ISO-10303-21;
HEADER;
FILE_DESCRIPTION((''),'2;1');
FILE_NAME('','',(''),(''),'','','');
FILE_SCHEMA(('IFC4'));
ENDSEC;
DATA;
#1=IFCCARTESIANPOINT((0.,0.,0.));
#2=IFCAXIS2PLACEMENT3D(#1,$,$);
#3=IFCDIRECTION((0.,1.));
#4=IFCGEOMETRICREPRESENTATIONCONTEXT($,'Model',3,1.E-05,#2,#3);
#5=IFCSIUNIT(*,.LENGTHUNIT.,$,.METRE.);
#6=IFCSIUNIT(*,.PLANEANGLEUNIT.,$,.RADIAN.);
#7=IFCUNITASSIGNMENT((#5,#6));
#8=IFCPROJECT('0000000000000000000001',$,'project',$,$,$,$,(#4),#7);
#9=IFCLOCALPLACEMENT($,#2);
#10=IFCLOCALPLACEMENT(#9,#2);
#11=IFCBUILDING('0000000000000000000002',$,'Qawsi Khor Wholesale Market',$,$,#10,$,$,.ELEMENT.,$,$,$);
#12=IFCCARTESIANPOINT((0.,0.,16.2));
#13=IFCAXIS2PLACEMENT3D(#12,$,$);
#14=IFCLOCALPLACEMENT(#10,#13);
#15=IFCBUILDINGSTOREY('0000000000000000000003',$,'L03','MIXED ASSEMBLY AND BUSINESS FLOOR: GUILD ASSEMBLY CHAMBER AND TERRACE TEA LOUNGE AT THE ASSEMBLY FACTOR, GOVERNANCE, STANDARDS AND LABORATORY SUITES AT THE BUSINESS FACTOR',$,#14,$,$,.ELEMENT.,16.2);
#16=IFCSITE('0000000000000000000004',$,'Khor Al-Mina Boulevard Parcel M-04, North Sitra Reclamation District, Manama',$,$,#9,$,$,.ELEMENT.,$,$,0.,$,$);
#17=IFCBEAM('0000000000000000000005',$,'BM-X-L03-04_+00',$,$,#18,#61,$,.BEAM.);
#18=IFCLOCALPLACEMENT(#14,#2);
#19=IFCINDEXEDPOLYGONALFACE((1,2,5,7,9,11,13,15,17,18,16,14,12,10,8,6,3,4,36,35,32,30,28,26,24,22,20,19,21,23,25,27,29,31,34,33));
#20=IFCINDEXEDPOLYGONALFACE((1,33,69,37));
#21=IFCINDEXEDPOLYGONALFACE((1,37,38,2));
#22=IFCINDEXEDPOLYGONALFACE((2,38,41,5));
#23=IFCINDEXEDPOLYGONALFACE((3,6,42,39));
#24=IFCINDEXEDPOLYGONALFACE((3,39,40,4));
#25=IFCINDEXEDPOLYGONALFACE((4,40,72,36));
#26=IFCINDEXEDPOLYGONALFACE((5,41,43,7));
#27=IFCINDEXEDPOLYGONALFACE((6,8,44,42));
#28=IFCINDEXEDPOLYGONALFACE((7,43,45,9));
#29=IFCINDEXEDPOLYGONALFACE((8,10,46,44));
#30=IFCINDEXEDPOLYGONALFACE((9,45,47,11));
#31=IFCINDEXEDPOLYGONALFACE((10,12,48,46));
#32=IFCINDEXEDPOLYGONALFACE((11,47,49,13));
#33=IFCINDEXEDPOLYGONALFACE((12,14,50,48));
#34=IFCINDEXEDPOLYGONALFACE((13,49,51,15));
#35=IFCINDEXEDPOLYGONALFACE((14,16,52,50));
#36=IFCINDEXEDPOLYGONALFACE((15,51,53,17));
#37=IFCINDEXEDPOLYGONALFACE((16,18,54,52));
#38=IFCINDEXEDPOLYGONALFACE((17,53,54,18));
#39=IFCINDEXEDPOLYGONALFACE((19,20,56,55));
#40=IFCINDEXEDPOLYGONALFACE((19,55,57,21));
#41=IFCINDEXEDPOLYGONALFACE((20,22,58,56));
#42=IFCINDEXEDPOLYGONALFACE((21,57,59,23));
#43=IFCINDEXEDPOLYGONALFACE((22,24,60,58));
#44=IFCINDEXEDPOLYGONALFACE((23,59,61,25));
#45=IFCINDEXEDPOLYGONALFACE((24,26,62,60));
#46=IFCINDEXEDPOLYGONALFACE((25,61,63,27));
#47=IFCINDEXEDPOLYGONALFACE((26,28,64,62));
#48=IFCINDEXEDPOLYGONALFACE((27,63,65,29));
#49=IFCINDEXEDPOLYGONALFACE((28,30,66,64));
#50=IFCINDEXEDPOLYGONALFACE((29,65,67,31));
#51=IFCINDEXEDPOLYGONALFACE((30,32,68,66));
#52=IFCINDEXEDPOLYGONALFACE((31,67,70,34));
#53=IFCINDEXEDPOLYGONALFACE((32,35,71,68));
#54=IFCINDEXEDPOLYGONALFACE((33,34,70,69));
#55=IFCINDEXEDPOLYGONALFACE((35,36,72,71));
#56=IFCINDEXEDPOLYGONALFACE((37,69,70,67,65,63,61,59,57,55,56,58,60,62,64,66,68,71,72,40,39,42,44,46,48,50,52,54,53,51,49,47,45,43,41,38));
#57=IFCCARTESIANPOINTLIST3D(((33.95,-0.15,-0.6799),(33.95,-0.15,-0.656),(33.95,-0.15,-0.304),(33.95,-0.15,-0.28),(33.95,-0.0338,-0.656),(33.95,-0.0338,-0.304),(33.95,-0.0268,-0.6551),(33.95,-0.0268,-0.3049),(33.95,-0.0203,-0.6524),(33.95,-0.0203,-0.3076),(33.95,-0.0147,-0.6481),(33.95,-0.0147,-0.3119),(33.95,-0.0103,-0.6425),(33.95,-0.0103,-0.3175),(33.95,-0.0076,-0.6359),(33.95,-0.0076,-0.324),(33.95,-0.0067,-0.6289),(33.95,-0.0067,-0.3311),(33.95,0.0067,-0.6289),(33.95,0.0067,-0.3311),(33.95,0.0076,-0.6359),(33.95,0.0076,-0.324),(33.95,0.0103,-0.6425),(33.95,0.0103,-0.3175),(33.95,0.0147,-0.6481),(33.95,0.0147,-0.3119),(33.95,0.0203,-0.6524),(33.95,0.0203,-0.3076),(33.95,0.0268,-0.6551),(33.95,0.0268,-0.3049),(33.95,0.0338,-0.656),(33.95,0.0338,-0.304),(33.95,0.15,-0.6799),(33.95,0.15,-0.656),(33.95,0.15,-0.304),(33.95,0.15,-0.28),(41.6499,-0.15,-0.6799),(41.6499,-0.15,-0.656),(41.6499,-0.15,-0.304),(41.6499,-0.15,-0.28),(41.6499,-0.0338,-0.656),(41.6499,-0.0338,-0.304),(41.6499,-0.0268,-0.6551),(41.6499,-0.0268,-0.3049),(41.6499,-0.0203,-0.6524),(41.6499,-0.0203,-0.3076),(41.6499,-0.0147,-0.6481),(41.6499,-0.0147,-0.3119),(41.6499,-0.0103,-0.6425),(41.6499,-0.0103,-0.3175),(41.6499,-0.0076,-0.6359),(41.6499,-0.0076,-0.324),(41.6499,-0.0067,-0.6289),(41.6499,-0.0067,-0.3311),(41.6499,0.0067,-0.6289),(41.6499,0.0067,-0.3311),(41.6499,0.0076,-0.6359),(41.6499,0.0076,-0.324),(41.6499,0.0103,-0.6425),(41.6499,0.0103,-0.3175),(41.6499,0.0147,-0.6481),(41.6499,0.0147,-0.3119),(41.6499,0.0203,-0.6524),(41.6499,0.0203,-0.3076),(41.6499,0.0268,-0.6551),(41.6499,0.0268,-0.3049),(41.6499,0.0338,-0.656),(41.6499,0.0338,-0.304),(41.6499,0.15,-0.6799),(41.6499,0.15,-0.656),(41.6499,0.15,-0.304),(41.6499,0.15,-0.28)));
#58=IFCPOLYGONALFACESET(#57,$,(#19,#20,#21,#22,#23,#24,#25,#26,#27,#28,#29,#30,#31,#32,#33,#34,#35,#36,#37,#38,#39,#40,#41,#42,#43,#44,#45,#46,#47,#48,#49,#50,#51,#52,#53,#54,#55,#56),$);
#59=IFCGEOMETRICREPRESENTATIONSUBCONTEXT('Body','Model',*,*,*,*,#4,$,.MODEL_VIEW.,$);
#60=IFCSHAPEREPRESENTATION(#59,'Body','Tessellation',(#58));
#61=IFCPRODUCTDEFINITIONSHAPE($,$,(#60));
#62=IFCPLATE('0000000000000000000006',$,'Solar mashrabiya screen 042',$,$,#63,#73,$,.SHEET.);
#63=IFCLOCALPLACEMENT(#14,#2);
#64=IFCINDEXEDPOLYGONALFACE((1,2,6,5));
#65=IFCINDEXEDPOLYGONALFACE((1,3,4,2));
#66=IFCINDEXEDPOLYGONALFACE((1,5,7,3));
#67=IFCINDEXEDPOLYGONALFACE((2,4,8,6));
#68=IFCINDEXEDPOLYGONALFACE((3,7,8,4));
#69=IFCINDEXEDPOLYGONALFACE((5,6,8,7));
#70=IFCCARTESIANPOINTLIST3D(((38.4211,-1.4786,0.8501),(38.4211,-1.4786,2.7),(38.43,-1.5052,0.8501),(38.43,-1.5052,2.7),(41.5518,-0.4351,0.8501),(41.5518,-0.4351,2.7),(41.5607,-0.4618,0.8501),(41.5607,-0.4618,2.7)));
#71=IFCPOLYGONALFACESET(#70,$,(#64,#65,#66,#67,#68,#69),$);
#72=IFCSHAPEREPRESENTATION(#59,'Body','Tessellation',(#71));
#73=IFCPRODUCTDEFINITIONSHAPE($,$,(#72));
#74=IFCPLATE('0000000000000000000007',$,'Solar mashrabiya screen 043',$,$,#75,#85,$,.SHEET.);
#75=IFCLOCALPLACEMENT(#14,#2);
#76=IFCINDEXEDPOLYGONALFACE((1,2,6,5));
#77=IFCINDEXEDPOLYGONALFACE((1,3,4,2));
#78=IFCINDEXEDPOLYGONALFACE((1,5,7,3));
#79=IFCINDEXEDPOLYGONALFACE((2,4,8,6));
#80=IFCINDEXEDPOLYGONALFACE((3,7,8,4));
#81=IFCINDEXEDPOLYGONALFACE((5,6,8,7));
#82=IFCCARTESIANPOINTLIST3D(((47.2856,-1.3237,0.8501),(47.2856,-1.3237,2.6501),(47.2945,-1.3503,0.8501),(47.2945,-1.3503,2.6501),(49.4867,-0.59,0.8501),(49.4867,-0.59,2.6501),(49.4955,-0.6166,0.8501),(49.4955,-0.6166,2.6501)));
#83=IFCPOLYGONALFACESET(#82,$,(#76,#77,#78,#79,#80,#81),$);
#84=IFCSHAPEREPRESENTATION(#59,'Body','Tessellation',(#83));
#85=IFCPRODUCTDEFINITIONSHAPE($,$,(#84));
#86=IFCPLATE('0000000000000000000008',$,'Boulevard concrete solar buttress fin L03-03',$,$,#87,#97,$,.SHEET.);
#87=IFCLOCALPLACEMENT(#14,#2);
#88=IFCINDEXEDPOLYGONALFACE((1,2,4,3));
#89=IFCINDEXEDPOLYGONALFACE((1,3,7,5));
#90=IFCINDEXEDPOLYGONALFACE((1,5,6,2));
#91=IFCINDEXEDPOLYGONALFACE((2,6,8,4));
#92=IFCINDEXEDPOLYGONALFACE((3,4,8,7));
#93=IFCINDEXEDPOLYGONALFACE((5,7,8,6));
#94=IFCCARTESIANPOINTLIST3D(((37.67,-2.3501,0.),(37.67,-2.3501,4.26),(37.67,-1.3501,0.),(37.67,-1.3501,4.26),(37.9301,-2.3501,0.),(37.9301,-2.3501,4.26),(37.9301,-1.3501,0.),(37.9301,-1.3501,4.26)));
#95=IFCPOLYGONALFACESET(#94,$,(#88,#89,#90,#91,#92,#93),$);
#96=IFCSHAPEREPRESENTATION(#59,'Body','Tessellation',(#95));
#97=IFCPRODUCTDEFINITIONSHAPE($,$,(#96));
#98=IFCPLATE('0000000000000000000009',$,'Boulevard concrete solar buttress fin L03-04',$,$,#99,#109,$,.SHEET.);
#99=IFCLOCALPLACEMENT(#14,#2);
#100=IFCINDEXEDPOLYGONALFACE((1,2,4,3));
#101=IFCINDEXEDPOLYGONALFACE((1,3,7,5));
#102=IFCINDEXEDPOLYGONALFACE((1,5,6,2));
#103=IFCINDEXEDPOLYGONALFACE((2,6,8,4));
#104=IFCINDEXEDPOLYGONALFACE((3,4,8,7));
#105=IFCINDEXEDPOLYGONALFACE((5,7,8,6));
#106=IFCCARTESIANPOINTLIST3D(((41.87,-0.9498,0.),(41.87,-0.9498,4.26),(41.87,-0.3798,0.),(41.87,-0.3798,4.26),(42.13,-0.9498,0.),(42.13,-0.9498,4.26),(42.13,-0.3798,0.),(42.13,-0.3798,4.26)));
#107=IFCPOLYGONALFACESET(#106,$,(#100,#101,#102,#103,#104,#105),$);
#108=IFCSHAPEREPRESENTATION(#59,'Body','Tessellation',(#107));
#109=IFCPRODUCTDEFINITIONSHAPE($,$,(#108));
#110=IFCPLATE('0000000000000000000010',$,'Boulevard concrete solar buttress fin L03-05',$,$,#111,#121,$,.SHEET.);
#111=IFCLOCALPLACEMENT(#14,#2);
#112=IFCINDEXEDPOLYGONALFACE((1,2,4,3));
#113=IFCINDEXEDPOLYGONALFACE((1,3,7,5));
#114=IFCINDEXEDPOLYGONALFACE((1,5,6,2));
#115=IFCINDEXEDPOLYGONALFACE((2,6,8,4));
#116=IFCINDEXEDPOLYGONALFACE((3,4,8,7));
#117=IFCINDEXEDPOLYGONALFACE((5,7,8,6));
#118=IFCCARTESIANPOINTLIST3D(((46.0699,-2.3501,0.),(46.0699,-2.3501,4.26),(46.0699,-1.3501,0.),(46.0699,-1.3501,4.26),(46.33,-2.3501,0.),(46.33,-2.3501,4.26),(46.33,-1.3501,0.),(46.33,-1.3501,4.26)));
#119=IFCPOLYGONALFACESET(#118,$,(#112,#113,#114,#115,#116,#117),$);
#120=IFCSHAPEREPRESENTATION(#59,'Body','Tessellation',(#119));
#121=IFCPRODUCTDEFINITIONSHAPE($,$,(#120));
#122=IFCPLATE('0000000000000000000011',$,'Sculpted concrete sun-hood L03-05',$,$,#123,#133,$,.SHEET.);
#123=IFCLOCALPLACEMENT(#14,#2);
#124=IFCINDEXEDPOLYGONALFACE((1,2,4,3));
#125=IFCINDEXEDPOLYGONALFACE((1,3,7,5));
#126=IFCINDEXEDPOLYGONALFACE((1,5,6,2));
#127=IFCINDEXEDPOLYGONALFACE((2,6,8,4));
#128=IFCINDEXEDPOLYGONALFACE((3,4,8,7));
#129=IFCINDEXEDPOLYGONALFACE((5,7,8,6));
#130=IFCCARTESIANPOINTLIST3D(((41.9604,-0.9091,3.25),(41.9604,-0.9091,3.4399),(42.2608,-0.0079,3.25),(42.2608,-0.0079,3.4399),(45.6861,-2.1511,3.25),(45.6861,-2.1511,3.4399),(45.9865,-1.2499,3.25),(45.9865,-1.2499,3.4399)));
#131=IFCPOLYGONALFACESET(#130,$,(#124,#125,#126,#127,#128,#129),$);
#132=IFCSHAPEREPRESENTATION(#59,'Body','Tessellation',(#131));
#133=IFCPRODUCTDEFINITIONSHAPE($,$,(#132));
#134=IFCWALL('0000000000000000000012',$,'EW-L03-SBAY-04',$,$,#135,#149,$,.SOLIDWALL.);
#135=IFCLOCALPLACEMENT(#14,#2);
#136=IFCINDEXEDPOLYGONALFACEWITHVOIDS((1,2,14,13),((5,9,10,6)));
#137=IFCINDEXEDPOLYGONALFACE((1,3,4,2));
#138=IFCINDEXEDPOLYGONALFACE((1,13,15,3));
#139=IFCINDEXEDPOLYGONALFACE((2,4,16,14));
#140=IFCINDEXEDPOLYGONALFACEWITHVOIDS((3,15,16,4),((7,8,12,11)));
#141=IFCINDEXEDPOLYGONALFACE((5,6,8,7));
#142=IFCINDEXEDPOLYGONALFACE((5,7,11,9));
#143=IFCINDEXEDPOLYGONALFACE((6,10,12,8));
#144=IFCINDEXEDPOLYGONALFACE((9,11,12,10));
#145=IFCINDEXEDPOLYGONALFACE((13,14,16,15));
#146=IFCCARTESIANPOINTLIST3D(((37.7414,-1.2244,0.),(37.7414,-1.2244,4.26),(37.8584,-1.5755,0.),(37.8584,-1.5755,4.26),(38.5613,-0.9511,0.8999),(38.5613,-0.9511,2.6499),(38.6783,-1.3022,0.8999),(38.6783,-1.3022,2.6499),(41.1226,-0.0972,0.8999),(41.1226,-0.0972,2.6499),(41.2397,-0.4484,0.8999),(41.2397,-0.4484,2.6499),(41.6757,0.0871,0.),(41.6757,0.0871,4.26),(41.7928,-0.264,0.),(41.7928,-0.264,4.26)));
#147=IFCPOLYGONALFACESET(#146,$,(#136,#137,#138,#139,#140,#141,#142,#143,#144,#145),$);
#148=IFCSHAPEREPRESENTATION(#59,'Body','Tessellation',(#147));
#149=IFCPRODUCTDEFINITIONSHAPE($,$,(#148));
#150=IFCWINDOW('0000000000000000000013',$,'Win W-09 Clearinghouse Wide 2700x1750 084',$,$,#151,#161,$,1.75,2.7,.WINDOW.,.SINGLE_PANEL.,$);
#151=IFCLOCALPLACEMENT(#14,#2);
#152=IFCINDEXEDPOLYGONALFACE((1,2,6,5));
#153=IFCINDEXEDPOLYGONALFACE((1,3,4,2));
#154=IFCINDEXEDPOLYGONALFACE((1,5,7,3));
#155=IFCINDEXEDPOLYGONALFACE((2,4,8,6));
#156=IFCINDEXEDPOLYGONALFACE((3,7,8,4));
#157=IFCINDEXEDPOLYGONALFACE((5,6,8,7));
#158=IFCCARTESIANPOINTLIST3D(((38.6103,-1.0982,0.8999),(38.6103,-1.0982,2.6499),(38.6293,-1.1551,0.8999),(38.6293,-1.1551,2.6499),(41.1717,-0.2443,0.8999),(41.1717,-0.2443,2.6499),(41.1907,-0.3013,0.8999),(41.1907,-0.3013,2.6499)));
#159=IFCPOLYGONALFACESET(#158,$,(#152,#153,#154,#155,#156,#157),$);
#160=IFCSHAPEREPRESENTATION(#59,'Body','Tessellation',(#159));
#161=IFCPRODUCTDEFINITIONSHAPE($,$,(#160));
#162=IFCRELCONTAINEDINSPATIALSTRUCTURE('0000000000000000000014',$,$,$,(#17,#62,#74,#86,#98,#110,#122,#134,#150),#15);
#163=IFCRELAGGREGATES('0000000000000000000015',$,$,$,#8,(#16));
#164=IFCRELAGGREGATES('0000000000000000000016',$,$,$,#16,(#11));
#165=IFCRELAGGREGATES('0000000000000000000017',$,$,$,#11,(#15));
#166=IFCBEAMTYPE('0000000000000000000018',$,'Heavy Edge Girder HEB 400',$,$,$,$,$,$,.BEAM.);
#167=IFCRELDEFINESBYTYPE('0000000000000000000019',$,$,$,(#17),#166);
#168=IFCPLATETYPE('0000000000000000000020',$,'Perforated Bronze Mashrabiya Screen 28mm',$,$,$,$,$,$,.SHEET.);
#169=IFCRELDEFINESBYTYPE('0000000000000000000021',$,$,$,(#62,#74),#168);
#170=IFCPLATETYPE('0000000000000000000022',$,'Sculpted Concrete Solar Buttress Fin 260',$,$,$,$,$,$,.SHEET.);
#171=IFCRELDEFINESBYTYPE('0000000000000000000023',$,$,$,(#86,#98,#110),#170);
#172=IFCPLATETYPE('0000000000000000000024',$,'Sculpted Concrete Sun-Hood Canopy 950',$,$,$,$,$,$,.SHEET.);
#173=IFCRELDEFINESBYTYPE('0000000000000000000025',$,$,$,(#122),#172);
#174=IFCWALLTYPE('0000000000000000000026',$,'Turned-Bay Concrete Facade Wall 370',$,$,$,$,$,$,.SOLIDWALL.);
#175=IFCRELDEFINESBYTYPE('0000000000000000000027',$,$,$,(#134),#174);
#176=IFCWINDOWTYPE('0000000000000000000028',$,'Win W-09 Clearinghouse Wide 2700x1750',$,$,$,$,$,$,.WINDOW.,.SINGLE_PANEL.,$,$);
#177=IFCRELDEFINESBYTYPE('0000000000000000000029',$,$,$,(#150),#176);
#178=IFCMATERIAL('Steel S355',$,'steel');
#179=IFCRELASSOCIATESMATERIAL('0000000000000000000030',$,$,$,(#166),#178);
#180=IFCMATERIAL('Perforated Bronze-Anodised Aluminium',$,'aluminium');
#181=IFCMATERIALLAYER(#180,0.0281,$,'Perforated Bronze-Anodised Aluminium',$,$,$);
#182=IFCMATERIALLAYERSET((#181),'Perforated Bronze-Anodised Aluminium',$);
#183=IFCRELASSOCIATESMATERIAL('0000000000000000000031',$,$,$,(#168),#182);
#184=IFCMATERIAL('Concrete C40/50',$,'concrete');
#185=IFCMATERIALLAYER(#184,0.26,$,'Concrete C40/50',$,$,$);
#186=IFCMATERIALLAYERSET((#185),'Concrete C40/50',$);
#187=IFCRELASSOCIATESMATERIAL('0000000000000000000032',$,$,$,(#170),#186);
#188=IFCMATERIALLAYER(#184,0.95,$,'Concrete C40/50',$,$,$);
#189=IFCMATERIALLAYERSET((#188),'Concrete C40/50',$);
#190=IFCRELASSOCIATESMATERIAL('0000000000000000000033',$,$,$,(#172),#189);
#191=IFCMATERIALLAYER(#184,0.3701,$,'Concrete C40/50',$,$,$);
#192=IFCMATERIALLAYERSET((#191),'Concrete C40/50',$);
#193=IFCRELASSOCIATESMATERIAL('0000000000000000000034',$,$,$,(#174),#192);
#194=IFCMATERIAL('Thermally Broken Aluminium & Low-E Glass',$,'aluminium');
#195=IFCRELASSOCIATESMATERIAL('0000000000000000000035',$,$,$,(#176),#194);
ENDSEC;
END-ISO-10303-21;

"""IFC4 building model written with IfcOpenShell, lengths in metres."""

from ifc_helpers import new_model, si_unit, direction, frame, frame_2d, origin, origin_2d, place, context, subcontext, project, spatial, rectangle, i_section, extrude, material, layer, layer_set, material_profile, profile_set, type_object, element, fill, save


model = new_model("IFC4")

# Units and contexts
model_context = context("Model", 3, precision=1e-05, world=origin(), true_north=direction((0.0, 1.0)))
body_context = subcontext(model_context, "Body", "Model", "MODEL_VIEW")
ifc_project = project(units=[si_unit("LENGTHUNIT", "METRE"), si_unit("PLANEANGLEUNIT", "RADIAN")], contexts=[model_context])

# Site, building, storey
site_placement = place(None, origin())
site = spatial("IfcSite", under=ifc_project, at=site_placement, Name="Khor Al-Mina Boulevard Parcel M-04, North Sitra Reclamation District, Manama", CompositionType="ELEMENT", RefElevation=0.0)
building_placement = place(site_placement, origin())
building = spatial("IfcBuilding", under=site, at=building_placement, Name="Qawsi Khor Wholesale Market", CompositionType="ELEMENT")
storey_placement = place(building_placement, frame((0.0, 0.0, 16.2)))
storey = spatial("IfcBuildingStorey", under=building, at=storey_placement, Name="L03", Description="MIXED ASSEMBLY AND BUSINESS FLOOR: GUILD ASSEMBLY CHAMBER AND TERRACE TEA LOUNGE AT THE ASSEMBLY FACTOR, GOVERNANCE, STANDARDS AND LABORATORY SUITES AT THE BUSINESS FACTOR", CompositionType="ELEMENT", Elevation=16.2)

# Beam
ifc_material_1 = material(Name="Steel S355", Category="steel")
ifc_material_profile = material_profile(ifc_material_1, i_section(OverallWidth=0.3, OverallDepth=0.3999, WebThickness=0.0134, FlangeThickness=0.0239, FilletRadius=0.0271, at=origin_2d()), Name="HEB 400")
ifc_profile_set = profile_set([ifc_material_profile], Name="Steel S355")
beam_type = type_object("IfcBeamType", Name="Heavy Edge Girder HEB 400", PredefinedType="BEAM", material=ifc_profile_set)
beam_placement = place(storey_placement, frame((33.95, 0.0, -0.48), z_axis=(1.0, 0.0, 0.0), x_axis=(0.0, 1.0, 0.0)))
element("IfcBeam", 1, at=beam_placement, inside=storey, type_object=beam_type, Name="BM-X-L03-04_+00", PredefinedType="BEAM", context=body_context, shape_type="SweptSolid", body=[
    extrude(i_section(OverallWidth=0.3, OverallDepth=0.3999, WebThickness=0.0134, FlangeThickness=0.0239, FilletRadius=0.0271, at=origin_2d()), origin(), (0.0, 0.0, 1.0), 7.7),
])

# Plates
ifc_material_2 = material(Name="Perforated Bronze-Anodised Aluminium", Category="aluminium")
ifc_layer_1 = layer(ifc_material_2, 0.0281, Name="Perforated Bronze-Anodised Aluminium")
ifc_layer_set_1 = layer_set([ifc_layer_1], Name="Perforated Bronze-Anodised Aluminium")
plate_type_1 = type_object("IfcPlateType", Name="Perforated Bronze Mashrabiya Screen 28mm", PredefinedType="SHEET", material=ifc_layer_set_1)
plate_1_placement = place(storey_placement, frame((41.5562, -0.4485, 0.8501), z_axis=(0.0, 0.0, 1.0), x_axis=(-0.948698, -0.316183, 0.0)))
element("IfcPlate", 2, at=plate_1_placement, inside=storey, type_object=plate_type_1, Name="Solar mashrabiya screen 042", PredefinedType="SHEET", context=body_context, shape_type="SweptSolid", body=[
    extrude(rectangle(XDim=3.3, YDim=0.0281, at=frame_2d((1.6499, 0.0))), origin(), (0.0, 0.0, 1.0), 1.8499),
])
plate_2_placement = place(storey_placement, frame((49.4912, -0.6033, 0.8501), z_axis=(0.0, 0.0, 1.0), x_axis=(-0.948683, -0.316228, 0.0)))
element("IfcPlate", 3, at=plate_2_placement, inside=storey, type_object=plate_type_1, Name="Solar mashrabiya screen 043", PredefinedType="SHEET", context=body_context, shape_type="SweptSolid", body=[
    extrude(rectangle(XDim=2.3201, YDim=0.0281, at=frame_2d((1.1602, 0.0))), origin(), (0.0, 0.0, 1.0), 1.8),
])
ifc_material_3 = material(Name="Concrete C40/50", Category="concrete")
ifc_layer_2 = layer(ifc_material_3, 0.26, Name="Concrete C40/50")
ifc_layer_set_2 = layer_set([ifc_layer_2], Name="Concrete C40/50")
plate_type_2 = type_object("IfcPlateType", Name="Sculpted Concrete Solar Buttress Fin 260", PredefinedType="SHEET", material=ifc_layer_set_2)
plate_3_placement = place(storey_placement, frame((37.8, -2.3501, 0.0), z_axis=(0.0, 0.0, 1.0), x_axis=(0.0, 1.0, 0.0)))
element("IfcPlate", 4, at=plate_3_placement, inside=storey, type_object=plate_type_2, Name="Boulevard concrete solar buttress fin L03-03", PredefinedType="SHEET", context=body_context, shape_type="SweptSolid", body=[
    extrude(rectangle(XDim=1.0, YDim=0.26, at=frame_2d((0.5, 0.0))), origin(), (0.0, 0.0, 1.0), 4.26),
])
plate_4_placement = place(storey_placement, frame((42.0, -0.95, 0.0), z_axis=(0.0, 0.0, 1.0), x_axis=(0.0, 1.0, 0.0)))
element("IfcPlate", 5, at=plate_4_placement, inside=storey, type_object=plate_type_2, Name="Boulevard concrete solar buttress fin L03-04", PredefinedType="SHEET", context=body_context, shape_type="SweptSolid", body=[
    extrude(rectangle(XDim=0.5701, YDim=0.26, at=frame_2d((0.2852, 0.0))), origin(), (0.0, 0.0, 1.0), 4.26),
])
plate_5_placement = place(storey_placement, frame((46.2, -2.3501, 0.0), z_axis=(0.0, 0.0, 1.0), x_axis=(0.0, 1.0, 0.0)))
element("IfcPlate", 6, at=plate_5_placement, inside=storey, type_object=plate_type_2, Name="Boulevard concrete solar buttress fin L03-05", PredefinedType="SHEET", context=body_context, shape_type="SweptSolid", body=[
    extrude(rectangle(XDim=1.0, YDim=0.26, at=frame_2d((0.5, 0.0))), origin(), (0.0, 0.0, 1.0), 4.26),
])
ifc_layer_3 = layer(ifc_material_3, 0.95, Name="Concrete C40/50")
ifc_layer_set_3 = layer_set([ifc_layer_3], Name="Concrete C40/50")
plate_type_3 = type_object("IfcPlateType", Name="Sculpted Concrete Sun-Hood Canopy 950", PredefinedType="SHEET", material=ifc_layer_set_3)
plate_6_placement = place(storey_placement, frame((42.1106, -0.4585, 3.25), z_axis=(0.0, 0.0, 1.0), x_axis=(0.948677, -0.316246, 0.0)))
element("IfcPlate", 7, at=plate_6_placement, inside=storey, type_object=plate_type_3, Name="Sculpted concrete sun-hood L03-05", PredefinedType="SHEET", context=body_context, shape_type="SweptSolid", body=[
    extrude(rectangle(XDim=3.9272, YDim=0.95, at=frame_2d((1.9636, 0.0))), origin(), (0.0, 0.0, 1.0), 0.1899),
])

# Wall, opening, window
ifc_layer_4 = layer(ifc_material_3, 0.3701, Name="Concrete C40/50")
ifc_layer_set_4 = layer_set([ifc_layer_4], Name="Concrete C40/50")
wall_type_1 = type_object("IfcWallType", Name="Turned-Bay Concrete Facade Wall 370", PredefinedType="SOLIDWALL", material=ifc_layer_set_4)
wall_1_placement = place(storey_placement, frame((41.7344, -0.0884, 0.0), z_axis=(0.0, 0.0, 1.0), x_axis=(-0.948677, -0.316245, 0.0)))
wall_1 = element("IfcWall", 8, at=wall_1_placement, inside=storey, type_object=wall_type_1, Name="EW-L03-SBAY-04", PredefinedType="SOLIDWALL", context=body_context, shape_type="SweptSolid", body=[
    extrude(rectangle(XDim=4.1472, YDim=0.3701, at=frame_2d((2.0737, 0.0))), origin(), (0.0, 0.0, 1.0), 4.26),
])
opening_1_placement = place(wall_1_placement, frame((0.583, 0.0, 0.8999)))
opening_1 = element("IfcOpeningElement", 9, at=opening_1_placement, cuts=wall_1, PredefinedType="OPENING", context=body_context, shape_type="SweptSolid", body=[
    extrude(rectangle(XDim=2.7, YDim=1.75, at=frame_2d((1.3501, 0.875))), frame((0.0, 0.1951, 0.0), z_axis=(0.0, -1.0, 0.0), x_axis=(1.0, 0.0, 0.0)), (0.0, 0.0, 1.0), 0.3901),
])
ifc_material_4 = material(Name="Thermally Broken Aluminium & Low-E Glass", Category="aluminium")
window_type_1 = type_object("IfcWindowType", Name="Win W-09 Clearinghouse Wide 2700x1750", PartitioningType="SINGLE_PANEL", PredefinedType="WINDOW", material=ifc_material_4)
window_1_placement = place(opening_1_placement, origin())
window_1 = element("IfcWindow", 10, at=window_1_placement, inside=storey, type_object=window_type_1, Name="Win W-09 Clearinghouse Wide 2700x1750 084", OverallHeight=1.75, OverallWidth=2.7, PartitioningType="SINGLE_PANEL", PredefinedType="WINDOW", context=body_context, shape_type="SweptSolid", body=[
    extrude(rectangle(XDim=2.7, YDim=1.75, at=frame_2d((1.3501, 0.875))), frame((0.0, 0.03, 0.0), z_axis=(0.0, -1.0, 0.0), x_axis=(1.0, 0.0, 0.0)), (0.0, 0.0, 1.0), 0.0601),
])
fill(opening_1, window_1)

save(model, "model.ifc")
